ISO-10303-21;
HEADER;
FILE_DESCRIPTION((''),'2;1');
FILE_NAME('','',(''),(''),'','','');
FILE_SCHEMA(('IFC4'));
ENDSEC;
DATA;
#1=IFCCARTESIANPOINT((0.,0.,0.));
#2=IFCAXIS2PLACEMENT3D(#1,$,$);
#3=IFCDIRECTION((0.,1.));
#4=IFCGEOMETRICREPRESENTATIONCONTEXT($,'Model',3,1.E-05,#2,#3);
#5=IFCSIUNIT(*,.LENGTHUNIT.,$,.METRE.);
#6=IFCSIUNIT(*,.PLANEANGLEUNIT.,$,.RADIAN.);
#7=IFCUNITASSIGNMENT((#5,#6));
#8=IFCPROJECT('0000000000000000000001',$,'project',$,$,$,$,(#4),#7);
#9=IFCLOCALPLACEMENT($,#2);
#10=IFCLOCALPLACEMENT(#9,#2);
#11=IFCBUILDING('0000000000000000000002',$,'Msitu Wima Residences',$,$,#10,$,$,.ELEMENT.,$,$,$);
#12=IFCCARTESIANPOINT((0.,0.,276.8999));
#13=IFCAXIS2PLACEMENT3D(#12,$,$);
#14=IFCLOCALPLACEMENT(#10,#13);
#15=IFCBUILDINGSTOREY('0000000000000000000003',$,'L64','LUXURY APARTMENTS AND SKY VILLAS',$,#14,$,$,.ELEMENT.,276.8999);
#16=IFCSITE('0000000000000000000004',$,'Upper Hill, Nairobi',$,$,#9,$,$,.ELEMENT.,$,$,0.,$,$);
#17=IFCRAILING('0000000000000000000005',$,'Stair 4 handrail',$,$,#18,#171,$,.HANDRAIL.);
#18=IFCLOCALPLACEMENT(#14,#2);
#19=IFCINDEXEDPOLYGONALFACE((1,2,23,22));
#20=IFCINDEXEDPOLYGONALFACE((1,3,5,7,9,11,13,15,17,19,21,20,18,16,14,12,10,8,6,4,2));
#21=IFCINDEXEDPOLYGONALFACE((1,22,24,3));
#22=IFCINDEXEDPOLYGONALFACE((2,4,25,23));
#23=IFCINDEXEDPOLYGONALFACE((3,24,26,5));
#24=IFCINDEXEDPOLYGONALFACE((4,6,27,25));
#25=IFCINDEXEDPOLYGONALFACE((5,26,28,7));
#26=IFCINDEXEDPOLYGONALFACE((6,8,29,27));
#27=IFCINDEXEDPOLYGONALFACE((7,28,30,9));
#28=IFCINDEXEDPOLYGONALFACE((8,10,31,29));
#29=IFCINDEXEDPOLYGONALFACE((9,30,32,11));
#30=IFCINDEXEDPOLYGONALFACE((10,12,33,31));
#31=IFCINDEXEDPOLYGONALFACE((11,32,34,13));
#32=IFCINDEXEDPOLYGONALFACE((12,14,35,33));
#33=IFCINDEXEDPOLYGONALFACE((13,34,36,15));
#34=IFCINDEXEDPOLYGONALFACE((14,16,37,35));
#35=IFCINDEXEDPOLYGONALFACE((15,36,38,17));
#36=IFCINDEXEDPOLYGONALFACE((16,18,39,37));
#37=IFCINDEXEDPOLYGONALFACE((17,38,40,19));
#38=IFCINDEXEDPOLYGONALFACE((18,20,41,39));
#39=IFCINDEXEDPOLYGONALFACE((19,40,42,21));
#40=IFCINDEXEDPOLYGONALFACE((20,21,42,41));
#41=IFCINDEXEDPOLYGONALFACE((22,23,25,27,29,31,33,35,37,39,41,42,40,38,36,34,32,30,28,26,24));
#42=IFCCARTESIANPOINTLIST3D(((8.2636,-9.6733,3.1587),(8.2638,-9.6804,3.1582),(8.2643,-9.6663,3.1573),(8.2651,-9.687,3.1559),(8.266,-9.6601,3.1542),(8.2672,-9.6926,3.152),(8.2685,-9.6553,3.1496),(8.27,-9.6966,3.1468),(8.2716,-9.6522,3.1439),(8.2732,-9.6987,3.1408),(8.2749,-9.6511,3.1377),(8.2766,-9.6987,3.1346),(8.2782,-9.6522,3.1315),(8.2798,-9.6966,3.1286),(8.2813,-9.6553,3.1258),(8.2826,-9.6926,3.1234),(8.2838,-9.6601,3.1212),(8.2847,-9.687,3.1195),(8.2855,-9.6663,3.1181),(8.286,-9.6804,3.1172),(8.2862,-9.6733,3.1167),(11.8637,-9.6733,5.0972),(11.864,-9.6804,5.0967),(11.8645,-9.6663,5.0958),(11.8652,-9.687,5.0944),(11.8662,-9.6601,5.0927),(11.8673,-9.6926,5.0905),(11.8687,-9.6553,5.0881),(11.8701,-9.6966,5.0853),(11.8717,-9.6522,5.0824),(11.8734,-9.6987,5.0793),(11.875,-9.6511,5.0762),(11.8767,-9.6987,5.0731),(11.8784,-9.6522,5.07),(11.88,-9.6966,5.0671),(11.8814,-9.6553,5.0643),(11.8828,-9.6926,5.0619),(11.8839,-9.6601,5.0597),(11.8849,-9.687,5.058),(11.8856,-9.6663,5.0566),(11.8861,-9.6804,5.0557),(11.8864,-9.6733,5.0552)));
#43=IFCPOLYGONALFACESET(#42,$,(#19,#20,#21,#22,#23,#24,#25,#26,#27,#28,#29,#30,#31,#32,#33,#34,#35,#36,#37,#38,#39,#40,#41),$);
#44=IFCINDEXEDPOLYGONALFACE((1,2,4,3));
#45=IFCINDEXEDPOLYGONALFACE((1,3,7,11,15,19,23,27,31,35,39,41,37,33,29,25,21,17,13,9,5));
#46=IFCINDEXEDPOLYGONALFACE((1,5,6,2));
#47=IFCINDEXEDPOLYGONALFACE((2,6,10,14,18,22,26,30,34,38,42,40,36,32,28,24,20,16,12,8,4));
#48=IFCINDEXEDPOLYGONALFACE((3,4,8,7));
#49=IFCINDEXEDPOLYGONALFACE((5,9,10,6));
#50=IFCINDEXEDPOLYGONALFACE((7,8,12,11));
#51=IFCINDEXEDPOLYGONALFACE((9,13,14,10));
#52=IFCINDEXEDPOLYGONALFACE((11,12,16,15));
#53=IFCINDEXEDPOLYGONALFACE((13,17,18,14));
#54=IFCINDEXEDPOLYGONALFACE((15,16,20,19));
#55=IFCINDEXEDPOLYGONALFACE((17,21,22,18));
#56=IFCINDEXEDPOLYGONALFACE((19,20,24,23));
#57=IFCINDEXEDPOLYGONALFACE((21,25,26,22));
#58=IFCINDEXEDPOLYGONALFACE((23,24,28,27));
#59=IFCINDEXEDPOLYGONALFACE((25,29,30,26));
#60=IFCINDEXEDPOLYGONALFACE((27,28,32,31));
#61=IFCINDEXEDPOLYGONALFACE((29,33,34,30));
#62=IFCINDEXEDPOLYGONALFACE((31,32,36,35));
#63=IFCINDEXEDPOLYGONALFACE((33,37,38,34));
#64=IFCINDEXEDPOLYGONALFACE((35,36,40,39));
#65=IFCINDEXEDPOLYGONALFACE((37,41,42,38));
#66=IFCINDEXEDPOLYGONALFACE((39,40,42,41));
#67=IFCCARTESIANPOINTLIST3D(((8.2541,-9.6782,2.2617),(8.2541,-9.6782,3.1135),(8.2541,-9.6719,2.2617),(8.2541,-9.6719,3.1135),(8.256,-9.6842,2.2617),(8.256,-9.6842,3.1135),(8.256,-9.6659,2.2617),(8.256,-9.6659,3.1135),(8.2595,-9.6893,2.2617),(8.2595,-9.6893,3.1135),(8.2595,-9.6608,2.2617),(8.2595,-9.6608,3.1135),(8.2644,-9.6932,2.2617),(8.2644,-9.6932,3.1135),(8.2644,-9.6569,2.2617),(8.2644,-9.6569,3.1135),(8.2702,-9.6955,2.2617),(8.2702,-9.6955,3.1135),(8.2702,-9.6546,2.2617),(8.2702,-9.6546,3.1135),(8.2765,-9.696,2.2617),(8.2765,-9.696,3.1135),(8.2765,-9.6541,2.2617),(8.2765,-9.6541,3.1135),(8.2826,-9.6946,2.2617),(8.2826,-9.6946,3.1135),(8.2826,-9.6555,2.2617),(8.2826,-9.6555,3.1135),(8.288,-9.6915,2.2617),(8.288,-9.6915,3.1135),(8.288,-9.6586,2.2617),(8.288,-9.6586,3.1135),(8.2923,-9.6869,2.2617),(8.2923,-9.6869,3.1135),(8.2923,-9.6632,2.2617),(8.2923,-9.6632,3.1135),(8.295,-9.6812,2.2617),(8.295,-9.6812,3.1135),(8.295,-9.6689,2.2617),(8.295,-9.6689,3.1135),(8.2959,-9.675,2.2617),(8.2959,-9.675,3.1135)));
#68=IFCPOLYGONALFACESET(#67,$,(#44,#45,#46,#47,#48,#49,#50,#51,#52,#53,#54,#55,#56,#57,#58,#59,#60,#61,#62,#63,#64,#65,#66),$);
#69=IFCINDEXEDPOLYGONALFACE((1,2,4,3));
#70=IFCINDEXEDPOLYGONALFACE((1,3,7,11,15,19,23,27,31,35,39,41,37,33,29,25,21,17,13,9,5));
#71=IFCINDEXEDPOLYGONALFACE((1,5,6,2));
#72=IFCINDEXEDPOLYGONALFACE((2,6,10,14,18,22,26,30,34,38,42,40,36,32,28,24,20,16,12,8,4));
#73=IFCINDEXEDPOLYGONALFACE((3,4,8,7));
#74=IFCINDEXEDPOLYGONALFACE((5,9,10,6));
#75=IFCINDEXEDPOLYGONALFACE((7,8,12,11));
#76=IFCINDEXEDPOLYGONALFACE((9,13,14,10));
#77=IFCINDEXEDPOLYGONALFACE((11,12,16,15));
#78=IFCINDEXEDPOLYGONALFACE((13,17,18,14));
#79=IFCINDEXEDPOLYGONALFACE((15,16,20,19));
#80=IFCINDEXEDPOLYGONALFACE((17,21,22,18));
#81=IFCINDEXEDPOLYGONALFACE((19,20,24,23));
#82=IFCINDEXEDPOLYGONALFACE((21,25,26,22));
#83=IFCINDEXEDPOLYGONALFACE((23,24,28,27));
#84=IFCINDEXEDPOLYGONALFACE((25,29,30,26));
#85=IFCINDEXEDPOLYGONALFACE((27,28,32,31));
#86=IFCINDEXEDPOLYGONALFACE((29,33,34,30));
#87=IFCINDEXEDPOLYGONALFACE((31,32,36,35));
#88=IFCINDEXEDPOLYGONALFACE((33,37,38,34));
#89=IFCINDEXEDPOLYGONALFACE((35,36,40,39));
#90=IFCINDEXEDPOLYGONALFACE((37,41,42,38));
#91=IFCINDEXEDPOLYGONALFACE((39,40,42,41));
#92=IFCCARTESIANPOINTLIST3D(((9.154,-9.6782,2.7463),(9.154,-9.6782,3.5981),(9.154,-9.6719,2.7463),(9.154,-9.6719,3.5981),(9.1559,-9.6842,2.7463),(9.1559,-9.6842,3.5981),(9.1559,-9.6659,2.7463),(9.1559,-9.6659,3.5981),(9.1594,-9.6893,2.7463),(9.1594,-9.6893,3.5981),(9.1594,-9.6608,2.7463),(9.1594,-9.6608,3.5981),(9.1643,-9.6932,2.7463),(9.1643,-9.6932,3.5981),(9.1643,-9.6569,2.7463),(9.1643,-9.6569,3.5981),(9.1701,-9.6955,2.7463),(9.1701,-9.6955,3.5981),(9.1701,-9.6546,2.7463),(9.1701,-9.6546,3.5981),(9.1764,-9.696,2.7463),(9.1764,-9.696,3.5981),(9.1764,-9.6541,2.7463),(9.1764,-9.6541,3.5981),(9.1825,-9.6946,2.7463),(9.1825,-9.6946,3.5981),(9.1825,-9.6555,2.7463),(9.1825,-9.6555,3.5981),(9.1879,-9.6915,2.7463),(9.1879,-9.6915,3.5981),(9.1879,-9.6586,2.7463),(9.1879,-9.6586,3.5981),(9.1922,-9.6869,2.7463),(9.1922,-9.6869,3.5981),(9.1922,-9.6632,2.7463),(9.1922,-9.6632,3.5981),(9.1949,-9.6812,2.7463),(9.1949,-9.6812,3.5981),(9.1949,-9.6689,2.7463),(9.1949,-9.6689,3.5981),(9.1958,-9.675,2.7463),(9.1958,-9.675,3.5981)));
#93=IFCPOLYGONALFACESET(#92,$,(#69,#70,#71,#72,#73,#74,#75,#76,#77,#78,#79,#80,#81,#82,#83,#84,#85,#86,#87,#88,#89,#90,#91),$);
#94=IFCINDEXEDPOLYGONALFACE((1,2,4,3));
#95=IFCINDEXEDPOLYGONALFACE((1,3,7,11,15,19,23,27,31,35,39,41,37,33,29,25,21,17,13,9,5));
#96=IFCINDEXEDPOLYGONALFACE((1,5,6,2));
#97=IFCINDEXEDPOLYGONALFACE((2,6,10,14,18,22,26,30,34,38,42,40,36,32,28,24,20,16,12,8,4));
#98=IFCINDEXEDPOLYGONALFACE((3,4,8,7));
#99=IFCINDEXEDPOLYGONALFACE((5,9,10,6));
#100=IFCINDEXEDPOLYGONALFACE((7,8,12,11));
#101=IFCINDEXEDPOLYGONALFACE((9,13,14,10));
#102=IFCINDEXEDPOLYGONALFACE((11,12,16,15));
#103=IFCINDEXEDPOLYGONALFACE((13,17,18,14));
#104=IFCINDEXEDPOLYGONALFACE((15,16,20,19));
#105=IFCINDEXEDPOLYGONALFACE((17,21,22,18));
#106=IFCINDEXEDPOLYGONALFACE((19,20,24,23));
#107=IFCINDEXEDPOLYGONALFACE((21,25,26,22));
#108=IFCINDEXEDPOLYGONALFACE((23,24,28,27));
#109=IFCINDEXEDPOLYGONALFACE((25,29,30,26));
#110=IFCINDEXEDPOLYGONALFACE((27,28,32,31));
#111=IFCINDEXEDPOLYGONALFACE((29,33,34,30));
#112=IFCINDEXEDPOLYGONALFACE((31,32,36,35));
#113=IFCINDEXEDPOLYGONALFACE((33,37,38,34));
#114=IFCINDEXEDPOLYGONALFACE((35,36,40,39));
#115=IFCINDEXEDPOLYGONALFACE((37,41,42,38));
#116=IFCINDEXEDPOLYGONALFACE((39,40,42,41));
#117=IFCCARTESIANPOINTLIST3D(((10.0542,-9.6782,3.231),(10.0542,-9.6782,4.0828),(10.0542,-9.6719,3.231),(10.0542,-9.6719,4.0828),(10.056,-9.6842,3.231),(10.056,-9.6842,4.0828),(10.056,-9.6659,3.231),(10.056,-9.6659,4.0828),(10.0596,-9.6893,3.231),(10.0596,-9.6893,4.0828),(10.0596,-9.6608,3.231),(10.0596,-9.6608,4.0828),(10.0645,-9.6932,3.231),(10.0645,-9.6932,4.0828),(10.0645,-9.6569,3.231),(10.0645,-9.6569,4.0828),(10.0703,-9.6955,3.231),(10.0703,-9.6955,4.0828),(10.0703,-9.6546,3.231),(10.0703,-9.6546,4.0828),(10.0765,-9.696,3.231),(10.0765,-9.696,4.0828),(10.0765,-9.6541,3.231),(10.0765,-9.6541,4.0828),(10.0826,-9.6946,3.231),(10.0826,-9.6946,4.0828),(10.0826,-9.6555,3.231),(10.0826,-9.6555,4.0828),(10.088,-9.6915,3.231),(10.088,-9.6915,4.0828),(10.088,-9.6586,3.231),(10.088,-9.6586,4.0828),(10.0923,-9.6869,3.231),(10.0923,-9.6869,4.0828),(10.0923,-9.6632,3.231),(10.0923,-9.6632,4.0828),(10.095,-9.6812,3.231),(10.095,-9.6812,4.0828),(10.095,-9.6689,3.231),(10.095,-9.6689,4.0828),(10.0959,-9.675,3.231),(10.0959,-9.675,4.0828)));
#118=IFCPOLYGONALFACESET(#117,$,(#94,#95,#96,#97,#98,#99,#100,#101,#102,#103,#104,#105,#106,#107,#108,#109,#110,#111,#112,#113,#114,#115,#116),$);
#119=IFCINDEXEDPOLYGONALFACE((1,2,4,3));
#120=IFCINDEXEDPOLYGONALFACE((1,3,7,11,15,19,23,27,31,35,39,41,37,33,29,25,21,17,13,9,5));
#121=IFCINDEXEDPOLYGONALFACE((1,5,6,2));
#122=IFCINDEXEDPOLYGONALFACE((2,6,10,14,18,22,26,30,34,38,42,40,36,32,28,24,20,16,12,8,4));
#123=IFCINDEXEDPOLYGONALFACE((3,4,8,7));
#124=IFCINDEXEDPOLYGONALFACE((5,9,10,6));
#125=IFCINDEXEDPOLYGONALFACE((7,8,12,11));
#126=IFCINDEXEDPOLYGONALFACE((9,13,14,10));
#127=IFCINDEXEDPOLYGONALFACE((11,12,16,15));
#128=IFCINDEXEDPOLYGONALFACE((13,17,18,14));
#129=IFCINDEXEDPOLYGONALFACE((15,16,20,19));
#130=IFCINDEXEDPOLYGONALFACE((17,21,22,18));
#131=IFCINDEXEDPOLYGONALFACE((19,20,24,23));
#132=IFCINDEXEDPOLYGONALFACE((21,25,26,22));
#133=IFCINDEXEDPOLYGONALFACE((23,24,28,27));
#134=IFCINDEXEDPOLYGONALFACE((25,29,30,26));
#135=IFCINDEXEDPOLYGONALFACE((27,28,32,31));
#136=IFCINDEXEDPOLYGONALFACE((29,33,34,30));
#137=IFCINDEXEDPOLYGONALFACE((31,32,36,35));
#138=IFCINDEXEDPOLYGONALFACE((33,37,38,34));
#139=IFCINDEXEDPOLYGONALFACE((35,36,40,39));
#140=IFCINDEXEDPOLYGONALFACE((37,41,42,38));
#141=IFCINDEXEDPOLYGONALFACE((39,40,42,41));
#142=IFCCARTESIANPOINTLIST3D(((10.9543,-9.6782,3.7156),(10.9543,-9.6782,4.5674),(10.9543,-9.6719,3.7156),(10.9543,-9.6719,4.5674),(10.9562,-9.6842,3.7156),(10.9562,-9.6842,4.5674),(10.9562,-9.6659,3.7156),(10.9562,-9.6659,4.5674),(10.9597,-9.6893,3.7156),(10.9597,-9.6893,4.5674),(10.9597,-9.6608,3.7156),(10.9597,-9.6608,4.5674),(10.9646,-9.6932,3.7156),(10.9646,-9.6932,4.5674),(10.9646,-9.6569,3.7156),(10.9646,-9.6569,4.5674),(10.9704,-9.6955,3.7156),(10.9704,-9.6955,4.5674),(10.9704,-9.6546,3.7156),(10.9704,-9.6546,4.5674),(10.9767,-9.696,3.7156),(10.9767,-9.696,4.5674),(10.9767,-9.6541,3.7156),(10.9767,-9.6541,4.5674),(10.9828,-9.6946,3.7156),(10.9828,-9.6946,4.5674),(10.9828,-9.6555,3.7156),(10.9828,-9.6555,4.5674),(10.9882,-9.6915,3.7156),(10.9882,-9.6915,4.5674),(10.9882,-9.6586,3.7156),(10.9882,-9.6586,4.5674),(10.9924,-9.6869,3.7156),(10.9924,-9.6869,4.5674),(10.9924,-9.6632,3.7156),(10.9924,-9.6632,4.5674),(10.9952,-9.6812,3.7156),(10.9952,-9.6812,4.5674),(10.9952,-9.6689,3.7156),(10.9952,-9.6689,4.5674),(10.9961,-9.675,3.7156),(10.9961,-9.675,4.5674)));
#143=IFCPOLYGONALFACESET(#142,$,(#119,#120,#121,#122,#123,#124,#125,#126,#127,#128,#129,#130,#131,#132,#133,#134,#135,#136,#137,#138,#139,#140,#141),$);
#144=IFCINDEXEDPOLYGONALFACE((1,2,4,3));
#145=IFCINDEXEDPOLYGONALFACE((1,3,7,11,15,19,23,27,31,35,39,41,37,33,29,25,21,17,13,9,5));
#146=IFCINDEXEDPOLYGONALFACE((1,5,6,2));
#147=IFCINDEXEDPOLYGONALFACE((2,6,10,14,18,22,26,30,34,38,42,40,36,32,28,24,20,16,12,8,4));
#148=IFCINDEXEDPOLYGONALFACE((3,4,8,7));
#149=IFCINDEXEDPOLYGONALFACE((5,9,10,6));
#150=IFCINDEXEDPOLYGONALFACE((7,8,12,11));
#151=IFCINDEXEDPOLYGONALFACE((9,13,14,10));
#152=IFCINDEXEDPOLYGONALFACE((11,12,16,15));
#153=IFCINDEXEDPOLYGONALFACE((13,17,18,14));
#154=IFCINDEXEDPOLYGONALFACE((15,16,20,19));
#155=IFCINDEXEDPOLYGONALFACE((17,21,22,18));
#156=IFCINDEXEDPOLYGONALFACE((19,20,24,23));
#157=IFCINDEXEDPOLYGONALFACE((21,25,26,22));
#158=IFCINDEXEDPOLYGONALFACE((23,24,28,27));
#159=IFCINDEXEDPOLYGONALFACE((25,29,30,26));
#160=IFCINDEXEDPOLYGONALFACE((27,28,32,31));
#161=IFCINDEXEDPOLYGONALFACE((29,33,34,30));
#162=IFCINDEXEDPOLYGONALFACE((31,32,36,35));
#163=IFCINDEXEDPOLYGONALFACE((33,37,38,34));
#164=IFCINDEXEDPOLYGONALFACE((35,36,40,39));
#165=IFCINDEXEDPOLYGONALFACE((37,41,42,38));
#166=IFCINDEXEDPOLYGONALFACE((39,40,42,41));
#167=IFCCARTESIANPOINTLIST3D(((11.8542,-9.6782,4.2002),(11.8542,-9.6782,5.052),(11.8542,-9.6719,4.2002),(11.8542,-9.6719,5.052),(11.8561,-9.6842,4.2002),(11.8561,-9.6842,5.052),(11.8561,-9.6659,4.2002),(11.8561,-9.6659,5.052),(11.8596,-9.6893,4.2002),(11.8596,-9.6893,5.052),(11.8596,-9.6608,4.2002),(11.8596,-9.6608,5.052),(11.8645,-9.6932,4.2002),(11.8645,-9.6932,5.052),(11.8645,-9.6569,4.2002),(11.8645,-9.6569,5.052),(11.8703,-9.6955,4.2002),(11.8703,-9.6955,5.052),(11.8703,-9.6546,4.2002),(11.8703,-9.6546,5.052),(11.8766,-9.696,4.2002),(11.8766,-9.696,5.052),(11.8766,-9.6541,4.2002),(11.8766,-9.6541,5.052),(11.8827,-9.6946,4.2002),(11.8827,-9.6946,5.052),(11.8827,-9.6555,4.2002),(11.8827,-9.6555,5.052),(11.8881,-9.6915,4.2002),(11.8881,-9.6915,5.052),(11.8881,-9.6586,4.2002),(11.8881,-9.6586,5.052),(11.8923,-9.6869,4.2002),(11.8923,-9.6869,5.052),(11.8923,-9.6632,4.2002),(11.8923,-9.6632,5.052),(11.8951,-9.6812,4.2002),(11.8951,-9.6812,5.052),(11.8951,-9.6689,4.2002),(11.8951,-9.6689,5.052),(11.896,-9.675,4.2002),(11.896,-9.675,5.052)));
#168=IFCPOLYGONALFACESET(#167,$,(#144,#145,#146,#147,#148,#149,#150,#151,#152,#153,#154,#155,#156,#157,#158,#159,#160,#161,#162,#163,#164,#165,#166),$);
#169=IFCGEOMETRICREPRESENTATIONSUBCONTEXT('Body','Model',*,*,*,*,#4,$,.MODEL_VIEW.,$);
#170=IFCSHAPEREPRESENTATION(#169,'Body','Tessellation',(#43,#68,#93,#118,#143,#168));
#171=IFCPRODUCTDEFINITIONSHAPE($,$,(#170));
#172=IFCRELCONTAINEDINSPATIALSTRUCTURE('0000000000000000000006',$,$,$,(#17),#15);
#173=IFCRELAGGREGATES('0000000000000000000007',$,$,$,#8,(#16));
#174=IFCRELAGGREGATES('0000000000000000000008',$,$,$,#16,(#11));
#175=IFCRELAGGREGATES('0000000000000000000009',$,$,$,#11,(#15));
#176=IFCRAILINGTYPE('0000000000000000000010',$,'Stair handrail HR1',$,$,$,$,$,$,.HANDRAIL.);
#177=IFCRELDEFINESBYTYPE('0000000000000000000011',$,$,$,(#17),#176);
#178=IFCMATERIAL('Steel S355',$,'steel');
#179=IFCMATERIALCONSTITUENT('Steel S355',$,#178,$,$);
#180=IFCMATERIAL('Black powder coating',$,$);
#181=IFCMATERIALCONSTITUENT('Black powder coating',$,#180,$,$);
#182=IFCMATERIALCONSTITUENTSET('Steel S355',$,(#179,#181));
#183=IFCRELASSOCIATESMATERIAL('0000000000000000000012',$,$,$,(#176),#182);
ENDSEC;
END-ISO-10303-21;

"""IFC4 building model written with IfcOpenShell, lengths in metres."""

from ifc_helpers import new_model, si_unit, direction, frame, origin, origin_2d, place, context, subcontext, project, spatial, circle, extrude, material, constituent, constituent_set, type_object, element, save


model = new_model("IFC4")

# Units and contexts
model_context = context("Model", 3, precision=1e-05, world=origin(), true_north=direction((0.0, 1.0)))
body_context = subcontext(model_context, "Body", "Model", "MODEL_VIEW")
ifc_project = project(units=[si_unit("LENGTHUNIT", "METRE"), si_unit("PLANEANGLEUNIT", "RADIAN")], contexts=[model_context])

# Site, building, storey
site_placement = place(None, origin())
site = spatial("IfcSite", under=ifc_project, at=site_placement, Name="Upper Hill, Nairobi", CompositionType="ELEMENT", RefElevation=0.0)
building_placement = place(site_placement, origin())
building = spatial("IfcBuilding", under=site, at=building_placement, Name="Msitu Wima Residences", CompositionType="ELEMENT")
storey_placement = place(building_placement, frame((0.0, 0.0, 276.8999)))
storey = spatial("IfcBuildingStorey", under=building, at=storey_placement, Name="L64", Description="LUXURY APARTMENTS AND SKY VILLAS", CompositionType="ELEMENT", Elevation=276.8999)

# Railing
ifc_material_1 = material(Name="Steel S355", Category="steel")
ifc_constituent_1 = constituent(ifc_material_1, Name="Steel S355")
ifc_material_2 = material(Name="Black powder coating")
ifc_constituent_2 = constituent(ifc_material_2, Name="Black powder coating")
ifc_constituent_set = constituent_set(constituents=[ifc_constituent_1, ifc_constituent_2], Name="Steel S355")
railing_type = type_object("IfcRailingType", Name="Stair handrail HR1", PredefinedType="HANDRAIL", material=ifc_constituent_set)
for number, where, name in (
    (1, (8.2749, -9.675, 2.2617), "Stair 4 handrail"),
):
    element("IfcRailing", number, at=place(storey_placement, frame(where)), inside=storey, type_object=railing_type, Name=name, PredefinedType="HANDRAIL", context=body_context, shape_type="SweptSolid", body=[
        extrude(circle(Radius=0.0239, at=origin_2d()), frame((0.0, 0.0, 0.876), z_axis=(0.880475, 0.0, 0.474093), x_axis=(0.0, 1.0, 0.0)), (0.0, 0.0, 1.0), 4.0889),
        extrude(circle(Radius=0.021, at=origin_2d()), origin(), (0.0, 0.0, 1.0), 0.8518),
        extrude(circle(Radius=0.021, at=origin_2d()), frame((0.8999, 0.0, 0.4846)), (0.0, 0.0, 1.0), 0.8518),
        extrude(circle(Radius=0.021, at=origin_2d()), frame((1.8, 0.0, 0.9692)), (0.0, 0.0, 1.0), 0.8518),
        extrude(circle(Radius=0.021, at=origin_2d()), frame((2.7002, 0.0, 1.4539)), (0.0, 0.0, 1.0), 0.8518),
        extrude(circle(Radius=0.021, at=origin_2d()), frame((3.6001, 0.0, 1.9385)), (0.0, 0.0, 1.0), 0.8518),
    ])

save(model, "model.ifc")
